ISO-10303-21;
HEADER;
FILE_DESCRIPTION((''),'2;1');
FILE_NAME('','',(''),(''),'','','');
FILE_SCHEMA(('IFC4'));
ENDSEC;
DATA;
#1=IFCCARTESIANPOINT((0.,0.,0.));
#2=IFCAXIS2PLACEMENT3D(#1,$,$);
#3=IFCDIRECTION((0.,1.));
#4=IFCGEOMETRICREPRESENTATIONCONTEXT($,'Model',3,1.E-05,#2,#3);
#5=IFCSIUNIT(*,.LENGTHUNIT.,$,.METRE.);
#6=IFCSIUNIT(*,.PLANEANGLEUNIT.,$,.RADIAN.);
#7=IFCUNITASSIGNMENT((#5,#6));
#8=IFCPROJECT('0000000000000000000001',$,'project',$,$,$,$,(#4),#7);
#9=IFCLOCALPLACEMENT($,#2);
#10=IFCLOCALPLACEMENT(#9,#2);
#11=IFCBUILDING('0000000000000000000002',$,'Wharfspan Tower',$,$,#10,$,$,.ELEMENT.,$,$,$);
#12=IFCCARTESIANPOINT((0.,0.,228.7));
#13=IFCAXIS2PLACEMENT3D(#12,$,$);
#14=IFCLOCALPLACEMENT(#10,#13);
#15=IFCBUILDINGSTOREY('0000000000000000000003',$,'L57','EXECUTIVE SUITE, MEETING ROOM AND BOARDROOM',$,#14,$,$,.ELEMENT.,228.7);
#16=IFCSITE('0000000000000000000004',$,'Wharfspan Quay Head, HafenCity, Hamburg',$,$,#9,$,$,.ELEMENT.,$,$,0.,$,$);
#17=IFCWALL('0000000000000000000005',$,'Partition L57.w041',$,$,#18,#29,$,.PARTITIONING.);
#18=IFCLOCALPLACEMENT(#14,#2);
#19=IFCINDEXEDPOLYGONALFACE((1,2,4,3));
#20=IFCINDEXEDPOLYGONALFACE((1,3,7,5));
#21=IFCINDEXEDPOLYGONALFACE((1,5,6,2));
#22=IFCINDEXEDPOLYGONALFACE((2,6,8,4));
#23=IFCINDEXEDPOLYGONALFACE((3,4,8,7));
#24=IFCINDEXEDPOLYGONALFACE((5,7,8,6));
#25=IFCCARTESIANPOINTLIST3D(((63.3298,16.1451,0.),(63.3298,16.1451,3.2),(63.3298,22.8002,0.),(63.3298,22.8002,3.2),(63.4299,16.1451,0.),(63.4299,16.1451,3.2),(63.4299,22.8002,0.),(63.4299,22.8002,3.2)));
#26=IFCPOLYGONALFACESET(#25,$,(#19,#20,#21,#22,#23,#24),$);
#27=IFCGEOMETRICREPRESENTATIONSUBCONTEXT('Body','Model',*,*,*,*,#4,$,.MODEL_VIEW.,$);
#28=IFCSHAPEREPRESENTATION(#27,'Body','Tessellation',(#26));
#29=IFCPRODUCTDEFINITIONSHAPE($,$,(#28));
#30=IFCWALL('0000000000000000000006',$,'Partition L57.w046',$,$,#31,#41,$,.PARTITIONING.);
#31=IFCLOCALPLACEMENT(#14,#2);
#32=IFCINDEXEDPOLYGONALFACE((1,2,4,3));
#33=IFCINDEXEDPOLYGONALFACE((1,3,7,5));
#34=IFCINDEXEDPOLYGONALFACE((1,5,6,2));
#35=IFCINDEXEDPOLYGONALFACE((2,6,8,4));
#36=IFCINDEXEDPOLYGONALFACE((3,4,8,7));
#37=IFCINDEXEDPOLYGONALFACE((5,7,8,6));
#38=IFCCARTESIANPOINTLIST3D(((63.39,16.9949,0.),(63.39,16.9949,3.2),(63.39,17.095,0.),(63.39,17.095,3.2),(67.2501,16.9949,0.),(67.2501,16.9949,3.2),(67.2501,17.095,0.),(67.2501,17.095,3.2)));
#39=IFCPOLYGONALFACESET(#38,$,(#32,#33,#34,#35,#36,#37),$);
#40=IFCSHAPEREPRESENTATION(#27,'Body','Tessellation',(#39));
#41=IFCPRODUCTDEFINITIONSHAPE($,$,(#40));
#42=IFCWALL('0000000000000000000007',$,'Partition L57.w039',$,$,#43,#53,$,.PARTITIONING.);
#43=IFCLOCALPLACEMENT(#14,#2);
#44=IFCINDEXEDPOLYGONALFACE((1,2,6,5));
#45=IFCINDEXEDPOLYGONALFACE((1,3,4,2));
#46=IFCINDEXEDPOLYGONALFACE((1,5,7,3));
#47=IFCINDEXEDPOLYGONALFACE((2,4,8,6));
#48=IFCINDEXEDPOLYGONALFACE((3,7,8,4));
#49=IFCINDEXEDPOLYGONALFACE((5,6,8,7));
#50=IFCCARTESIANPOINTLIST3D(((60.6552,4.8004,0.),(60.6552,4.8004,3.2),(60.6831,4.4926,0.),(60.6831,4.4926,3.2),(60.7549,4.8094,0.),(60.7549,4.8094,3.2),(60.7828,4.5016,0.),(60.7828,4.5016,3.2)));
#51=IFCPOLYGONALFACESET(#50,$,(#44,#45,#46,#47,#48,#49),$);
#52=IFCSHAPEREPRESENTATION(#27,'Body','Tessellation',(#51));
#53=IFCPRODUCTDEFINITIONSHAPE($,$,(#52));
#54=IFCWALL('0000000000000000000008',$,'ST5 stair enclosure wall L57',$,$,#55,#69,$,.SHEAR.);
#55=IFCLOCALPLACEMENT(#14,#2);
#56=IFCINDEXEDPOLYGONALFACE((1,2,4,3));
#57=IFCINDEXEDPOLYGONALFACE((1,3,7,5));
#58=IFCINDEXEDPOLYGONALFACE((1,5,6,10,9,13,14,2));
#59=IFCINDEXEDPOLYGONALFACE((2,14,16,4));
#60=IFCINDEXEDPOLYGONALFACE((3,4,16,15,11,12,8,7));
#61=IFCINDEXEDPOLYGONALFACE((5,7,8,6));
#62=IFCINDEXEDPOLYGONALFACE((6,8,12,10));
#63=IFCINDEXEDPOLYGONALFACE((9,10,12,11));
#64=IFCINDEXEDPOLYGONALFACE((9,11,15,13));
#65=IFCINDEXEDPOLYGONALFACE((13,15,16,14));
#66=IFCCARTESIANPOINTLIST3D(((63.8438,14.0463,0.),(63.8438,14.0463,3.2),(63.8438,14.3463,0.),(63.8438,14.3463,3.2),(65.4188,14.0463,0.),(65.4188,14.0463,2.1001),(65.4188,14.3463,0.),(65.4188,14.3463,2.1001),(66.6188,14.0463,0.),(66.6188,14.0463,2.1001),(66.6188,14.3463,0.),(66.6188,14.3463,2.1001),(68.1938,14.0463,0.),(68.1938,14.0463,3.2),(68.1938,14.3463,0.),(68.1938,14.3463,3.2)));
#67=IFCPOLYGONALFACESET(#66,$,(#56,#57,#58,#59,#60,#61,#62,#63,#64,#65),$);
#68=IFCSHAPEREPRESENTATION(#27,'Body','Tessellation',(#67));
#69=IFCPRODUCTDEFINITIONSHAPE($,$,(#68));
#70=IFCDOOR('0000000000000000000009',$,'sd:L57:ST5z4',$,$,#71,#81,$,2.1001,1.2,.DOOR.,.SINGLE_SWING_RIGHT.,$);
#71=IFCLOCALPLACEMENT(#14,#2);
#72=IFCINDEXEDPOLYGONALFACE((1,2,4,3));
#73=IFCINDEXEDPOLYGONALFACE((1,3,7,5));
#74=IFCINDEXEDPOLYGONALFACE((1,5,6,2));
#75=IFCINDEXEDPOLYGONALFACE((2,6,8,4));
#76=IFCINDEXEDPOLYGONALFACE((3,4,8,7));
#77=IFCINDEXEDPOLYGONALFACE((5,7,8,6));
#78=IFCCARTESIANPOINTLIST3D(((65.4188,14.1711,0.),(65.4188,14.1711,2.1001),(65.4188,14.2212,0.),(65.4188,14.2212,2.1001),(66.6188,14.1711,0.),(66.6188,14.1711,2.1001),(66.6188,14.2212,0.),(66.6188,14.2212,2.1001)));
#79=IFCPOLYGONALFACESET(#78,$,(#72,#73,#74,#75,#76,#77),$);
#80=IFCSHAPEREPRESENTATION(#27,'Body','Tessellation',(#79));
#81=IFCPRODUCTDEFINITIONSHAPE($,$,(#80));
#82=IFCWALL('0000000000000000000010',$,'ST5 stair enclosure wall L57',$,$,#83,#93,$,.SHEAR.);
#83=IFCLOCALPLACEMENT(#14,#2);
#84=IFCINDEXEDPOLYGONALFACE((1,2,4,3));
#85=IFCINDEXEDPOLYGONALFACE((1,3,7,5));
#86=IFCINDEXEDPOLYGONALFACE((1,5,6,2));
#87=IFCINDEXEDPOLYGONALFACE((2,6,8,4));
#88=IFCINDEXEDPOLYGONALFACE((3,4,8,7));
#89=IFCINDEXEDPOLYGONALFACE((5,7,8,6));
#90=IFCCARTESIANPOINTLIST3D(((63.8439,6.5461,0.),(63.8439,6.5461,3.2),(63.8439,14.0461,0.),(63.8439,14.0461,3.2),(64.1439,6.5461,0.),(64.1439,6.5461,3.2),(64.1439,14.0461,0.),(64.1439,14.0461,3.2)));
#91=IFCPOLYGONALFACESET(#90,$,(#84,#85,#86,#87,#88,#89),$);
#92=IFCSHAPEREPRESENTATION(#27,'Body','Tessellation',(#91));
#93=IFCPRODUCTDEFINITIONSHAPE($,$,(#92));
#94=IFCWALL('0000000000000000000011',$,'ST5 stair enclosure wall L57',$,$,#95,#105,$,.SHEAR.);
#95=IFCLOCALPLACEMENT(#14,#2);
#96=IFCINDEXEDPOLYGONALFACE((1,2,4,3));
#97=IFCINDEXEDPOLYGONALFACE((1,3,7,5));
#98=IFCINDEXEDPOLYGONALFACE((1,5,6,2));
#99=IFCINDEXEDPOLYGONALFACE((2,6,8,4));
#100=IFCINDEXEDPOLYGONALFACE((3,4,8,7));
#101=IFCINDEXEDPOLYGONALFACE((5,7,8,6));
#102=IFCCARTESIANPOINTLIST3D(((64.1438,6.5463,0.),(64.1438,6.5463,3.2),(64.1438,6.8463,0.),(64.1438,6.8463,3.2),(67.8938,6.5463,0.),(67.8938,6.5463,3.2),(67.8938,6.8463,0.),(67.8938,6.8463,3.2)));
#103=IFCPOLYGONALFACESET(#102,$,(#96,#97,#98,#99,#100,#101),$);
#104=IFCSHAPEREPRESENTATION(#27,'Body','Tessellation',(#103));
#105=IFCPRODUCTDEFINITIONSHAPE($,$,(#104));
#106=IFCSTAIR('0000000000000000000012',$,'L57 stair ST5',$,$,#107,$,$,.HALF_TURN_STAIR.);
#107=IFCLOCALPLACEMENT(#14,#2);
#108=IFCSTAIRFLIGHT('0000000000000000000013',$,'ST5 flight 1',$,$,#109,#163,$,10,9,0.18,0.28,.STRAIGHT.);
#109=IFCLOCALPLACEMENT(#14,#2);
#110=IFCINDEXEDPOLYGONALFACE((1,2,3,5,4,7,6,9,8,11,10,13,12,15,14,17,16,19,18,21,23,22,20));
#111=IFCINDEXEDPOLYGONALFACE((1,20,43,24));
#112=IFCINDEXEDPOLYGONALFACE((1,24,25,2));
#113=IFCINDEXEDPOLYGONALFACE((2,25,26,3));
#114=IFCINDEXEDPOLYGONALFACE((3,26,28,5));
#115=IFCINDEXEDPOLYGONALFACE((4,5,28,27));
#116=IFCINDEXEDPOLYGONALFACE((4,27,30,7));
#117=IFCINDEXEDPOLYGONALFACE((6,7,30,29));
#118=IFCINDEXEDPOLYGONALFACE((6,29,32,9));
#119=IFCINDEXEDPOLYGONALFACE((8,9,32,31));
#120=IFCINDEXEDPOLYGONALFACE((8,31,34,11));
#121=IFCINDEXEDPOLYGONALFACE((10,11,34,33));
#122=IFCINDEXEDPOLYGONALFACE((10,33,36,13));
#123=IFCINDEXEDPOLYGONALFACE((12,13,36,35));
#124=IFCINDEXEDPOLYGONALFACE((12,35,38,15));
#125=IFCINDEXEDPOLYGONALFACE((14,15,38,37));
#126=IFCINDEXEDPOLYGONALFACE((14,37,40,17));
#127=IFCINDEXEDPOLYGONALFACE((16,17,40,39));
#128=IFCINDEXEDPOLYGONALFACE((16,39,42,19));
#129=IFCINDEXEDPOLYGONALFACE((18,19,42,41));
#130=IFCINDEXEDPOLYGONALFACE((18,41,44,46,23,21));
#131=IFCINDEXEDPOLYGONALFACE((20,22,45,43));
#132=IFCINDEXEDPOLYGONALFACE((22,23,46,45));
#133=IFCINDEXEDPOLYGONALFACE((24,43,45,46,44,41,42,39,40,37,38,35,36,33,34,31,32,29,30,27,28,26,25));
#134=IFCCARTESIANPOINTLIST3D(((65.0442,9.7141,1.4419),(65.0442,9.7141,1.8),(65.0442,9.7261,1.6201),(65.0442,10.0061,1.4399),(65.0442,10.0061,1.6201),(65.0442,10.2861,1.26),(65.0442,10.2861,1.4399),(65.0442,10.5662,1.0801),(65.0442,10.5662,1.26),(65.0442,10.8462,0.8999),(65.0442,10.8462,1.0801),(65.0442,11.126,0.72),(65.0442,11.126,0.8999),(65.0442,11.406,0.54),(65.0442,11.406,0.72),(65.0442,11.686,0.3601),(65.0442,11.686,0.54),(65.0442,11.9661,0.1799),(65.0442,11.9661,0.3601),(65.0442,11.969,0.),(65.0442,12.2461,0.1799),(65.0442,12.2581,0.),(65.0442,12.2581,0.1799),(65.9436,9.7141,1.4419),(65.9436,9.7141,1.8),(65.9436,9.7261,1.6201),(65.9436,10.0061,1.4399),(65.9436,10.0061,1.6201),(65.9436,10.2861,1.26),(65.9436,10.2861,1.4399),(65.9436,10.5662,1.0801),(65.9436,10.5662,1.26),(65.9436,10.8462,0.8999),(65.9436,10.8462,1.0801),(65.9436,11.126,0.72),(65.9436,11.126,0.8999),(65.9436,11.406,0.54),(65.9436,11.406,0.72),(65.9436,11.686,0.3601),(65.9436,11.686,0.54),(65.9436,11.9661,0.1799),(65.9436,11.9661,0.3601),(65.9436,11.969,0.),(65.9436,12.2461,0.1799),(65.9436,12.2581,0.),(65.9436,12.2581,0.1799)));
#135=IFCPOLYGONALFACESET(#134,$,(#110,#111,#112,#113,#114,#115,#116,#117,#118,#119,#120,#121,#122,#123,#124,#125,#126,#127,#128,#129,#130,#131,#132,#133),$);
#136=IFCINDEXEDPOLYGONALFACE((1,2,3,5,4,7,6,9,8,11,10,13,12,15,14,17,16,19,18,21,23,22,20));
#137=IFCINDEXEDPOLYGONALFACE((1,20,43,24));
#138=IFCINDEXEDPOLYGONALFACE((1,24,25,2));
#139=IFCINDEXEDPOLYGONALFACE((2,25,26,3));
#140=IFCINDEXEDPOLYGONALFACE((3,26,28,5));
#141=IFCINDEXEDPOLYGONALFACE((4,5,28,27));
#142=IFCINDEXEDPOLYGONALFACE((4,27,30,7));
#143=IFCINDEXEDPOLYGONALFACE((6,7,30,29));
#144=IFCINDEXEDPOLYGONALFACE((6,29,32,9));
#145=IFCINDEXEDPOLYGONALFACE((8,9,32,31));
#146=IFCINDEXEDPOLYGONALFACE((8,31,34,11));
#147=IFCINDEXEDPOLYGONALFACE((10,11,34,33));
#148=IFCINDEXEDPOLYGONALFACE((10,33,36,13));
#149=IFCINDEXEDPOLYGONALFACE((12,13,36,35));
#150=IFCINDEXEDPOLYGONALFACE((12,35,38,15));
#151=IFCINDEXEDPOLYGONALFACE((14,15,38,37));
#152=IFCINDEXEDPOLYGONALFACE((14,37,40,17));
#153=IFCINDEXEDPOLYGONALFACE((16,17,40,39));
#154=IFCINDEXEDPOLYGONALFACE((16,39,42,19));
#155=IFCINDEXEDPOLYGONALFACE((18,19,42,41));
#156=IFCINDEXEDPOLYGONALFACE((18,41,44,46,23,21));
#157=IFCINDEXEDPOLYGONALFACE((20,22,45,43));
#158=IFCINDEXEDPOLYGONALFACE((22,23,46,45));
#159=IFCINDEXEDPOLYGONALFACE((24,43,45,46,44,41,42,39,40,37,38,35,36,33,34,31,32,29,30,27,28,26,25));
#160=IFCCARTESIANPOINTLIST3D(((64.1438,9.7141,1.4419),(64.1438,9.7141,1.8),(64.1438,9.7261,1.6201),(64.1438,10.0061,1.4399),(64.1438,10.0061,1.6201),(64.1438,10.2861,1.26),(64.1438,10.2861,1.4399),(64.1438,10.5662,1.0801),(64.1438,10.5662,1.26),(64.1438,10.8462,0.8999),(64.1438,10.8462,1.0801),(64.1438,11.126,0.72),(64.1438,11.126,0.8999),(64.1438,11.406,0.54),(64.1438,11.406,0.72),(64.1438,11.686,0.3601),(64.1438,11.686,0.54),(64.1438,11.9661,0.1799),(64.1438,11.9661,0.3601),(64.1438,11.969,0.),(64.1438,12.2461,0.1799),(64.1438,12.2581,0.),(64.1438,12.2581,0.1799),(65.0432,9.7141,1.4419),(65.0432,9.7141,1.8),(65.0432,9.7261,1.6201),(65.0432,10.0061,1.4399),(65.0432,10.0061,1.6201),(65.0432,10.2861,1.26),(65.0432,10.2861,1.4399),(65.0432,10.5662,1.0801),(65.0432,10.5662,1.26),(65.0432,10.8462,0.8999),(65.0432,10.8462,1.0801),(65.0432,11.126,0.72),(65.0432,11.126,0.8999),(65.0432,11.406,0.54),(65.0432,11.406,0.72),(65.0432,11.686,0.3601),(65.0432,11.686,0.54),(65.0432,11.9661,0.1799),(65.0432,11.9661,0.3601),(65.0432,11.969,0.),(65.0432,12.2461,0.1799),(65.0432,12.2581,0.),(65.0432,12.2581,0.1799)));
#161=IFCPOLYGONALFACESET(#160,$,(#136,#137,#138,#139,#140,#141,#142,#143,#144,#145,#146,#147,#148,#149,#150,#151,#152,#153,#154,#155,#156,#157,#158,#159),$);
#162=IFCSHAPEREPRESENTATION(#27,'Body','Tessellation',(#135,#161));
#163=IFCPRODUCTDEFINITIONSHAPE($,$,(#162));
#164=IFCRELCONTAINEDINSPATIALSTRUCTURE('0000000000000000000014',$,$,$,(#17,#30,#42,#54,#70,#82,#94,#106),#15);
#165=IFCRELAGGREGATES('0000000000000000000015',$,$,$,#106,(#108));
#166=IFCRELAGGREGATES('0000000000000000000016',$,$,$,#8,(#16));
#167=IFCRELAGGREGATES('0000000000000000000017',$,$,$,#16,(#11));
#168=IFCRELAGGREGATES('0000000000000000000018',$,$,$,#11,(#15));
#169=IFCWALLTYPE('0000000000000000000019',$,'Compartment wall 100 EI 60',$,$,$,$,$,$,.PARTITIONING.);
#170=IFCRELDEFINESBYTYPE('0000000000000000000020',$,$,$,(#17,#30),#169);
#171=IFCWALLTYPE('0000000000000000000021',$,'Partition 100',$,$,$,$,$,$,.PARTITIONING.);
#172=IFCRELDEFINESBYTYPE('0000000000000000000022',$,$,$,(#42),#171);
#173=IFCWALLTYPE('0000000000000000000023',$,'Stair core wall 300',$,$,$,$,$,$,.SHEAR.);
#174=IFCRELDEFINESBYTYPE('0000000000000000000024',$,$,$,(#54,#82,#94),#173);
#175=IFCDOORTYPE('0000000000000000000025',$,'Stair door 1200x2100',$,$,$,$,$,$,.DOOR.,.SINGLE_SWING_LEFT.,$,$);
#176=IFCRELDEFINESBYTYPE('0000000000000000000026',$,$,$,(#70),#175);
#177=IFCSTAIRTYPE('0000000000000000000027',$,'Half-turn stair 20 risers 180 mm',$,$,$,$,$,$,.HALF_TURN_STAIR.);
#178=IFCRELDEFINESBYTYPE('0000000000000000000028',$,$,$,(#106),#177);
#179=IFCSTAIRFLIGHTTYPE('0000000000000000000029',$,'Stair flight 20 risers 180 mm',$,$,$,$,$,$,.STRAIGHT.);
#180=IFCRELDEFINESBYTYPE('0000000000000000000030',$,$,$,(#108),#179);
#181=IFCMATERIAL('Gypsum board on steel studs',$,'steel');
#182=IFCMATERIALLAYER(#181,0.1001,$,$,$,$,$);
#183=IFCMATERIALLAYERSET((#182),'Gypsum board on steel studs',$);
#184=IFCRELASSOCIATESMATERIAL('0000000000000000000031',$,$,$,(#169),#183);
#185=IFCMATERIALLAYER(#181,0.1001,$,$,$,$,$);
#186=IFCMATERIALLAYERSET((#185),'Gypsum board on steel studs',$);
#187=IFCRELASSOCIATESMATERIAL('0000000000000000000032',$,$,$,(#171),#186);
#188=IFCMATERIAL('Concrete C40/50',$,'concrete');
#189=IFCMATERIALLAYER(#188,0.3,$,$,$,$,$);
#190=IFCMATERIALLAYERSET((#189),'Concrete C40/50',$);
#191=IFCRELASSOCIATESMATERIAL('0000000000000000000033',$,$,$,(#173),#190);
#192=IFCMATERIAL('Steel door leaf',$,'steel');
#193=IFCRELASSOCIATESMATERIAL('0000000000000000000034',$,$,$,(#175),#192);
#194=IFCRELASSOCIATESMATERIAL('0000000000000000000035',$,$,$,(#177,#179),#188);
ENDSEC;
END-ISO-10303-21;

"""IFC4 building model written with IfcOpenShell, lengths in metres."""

from ifc_helpers import new_model, si_unit, direction, frame, frame_2d, origin, place, context, subcontext, project, spatial, polyline, rectangle, outline, extrude, material, layer, layer_set, type_object, element, fill, aggregate, save


model = new_model("IFC4")

# Units and contexts
model_context = context("Model", 3, precision=1e-05, world=origin(), true_north=direction((0.0, 1.0)))
body_context = subcontext(model_context, "Body", "Model", "MODEL_VIEW")
ifc_project = project(units=[si_unit("LENGTHUNIT", "METRE"), si_unit("PLANEANGLEUNIT", "RADIAN")], contexts=[model_context])

# Site, building, storey
site_placement = place(None, origin())
site = spatial("IfcSite", under=ifc_project, at=site_placement, Name="Wharfspan Quay Head, HafenCity, Hamburg", CompositionType="ELEMENT", RefElevation=0.0)
building_placement = place(site_placement, origin())
building = spatial("IfcBuilding", under=site, at=building_placement, Name="Wharfspan Tower", CompositionType="ELEMENT")
storey_placement = place(building_placement, frame((0.0, 0.0, 228.7)))
storey = spatial("IfcBuildingStorey", under=building, at=storey_placement, Name="L57", Description="EXECUTIVE SUITE, MEETING ROOM AND BOARDROOM", CompositionType="ELEMENT", Elevation=228.7)

# Shared definitions
ifc_material_1 = material(Name="Gypsum board on steel studs", Category="steel")
ifc_layer_1 = layer(ifc_material_1, 0.1001)
ifc_layer_set_1 = layer_set([ifc_layer_1], Name="Gypsum board on steel studs")
wall_type_1 = type_object("IfcWallType", Name="Compartment wall 100 EI 60", PredefinedType="PARTITIONING", material=ifc_layer_set_1)

# Walls
wall_1_placement = place(storey_placement, frame((63.3799, 16.145, 0.0), z_axis=(0.0, 0.0, 1.0), x_axis=(0.0, 1.0, 0.0)))
element("IfcWall", 1, at=wall_1_placement, inside=storey, type_object=wall_type_1, Name="Partition L57.w041", PredefinedType="PARTITIONING", context=body_context, shape_type="SweptSolid", body=[
    extrude(rectangle(XDim=6.655, YDim=0.1001, at=frame_2d((3.3276, 0.0))), origin(), (0.0, 0.0, 1.0), 3.2),
])
wall_2_placement = place(storey_placement, frame((63.3899, 17.0449, 0.0), z_axis=(0.0, 0.0, 1.0), x_axis=(1.0, 0.0, 0.0)))
element("IfcWall", 2, at=wall_2_placement, inside=storey, type_object=wall_type_1, Name="Partition L57.w046", PredefinedType="PARTITIONING", context=body_context, shape_type="SweptSolid", body=[
    extrude(rectangle(XDim=3.8601, YDim=0.1001, at=frame_2d((1.9302, 0.0))), origin(), (0.0, 0.0, 1.0), 3.2),
])
ifc_layer_2 = layer(ifc_material_1, 0.1001)
ifc_layer_set_2 = layer_set([ifc_layer_2], Name="Gypsum board on steel studs")
wall_type_2 = type_object("IfcWallType", Name="Partition 100", PredefinedType="PARTITIONING", material=ifc_layer_set_2)
wall_3_placement = place(storey_placement, frame((60.7329, 4.4971, 0.0), z_axis=(0.0, 0.0, 1.0), x_axis=(-0.090037, 0.995936, 0.0)))
element("IfcWall", 3, at=wall_3_placement, inside=storey, type_object=wall_type_2, Name="Partition L57.w039", PredefinedType="PARTITIONING", context=body_context, shape_type="SweptSolid", body=[
    extrude(rectangle(XDim=0.3091, YDim=0.1001, at=frame_2d((0.1545, 0.0))), origin(), (0.0, 0.0, 1.0), 3.2),
])

# Wall, opening, door
ifc_material_2 = material(Name="Concrete C40/50", Category="concrete")
ifc_layer_3 = layer(ifc_material_2, 0.3)
ifc_layer_set_3 = layer_set([ifc_layer_3], Name="Concrete C40/50")
wall_type_3 = type_object("IfcWallType", Name="Stair core wall 300", PredefinedType="SHEAR", material=ifc_layer_set_3)
wall_4_placement = place(storey_placement, frame((63.8438, 14.1963, 0.0), z_axis=(0.0, 0.0, 1.0), x_axis=(1.0, 0.0, 0.0)))
wall_4 = element("IfcWall", 4, at=wall_4_placement, inside=storey, type_object=wall_type_3, Name="ST5 stair enclosure wall L57", PredefinedType="SHEAR", context=body_context, shape_type="SweptSolid", body=[
    extrude(rectangle(XDim=4.3501, YDim=0.3, at=frame_2d((2.175, 0.0))), origin(), (0.0, 0.0, 1.0), 3.2),
])
opening_1_placement = place(wall_4_placement, frame((1.575, 0.0, 0.0)))
opening_1 = element("IfcOpeningElement", 5, at=opening_1_placement, cuts=wall_4, PredefinedType="OPENING", context=body_context, shape_type="SweptSolid", body=[
    extrude(rectangle(XDim=1.2, YDim=2.1001, at=frame_2d((0.6001, 1.05))), frame((0.0, 0.1599, 0.0), z_axis=(0.0, -1.0, 0.0), x_axis=(1.0, 0.0, 0.0)), (0.0, 0.0, 1.0), 0.3201),
])
ifc_material_3 = material(Name="Steel door leaf", Category="steel")
door_type_1 = type_object("IfcDoorType", Name="Stair door 1200x2100", OperationType="SINGLE_SWING_LEFT", PredefinedType="DOOR", material=ifc_material_3)
door_1_placement = place(opening_1_placement, origin())
door_1 = element("IfcDoor", 6, at=door_1_placement, inside=storey, type_object=door_type_1, Name="sd:L57:ST5z4", OperationType="SINGLE_SWING_RIGHT", OverallHeight=2.1001, OverallWidth=1.2, PredefinedType="DOOR", context=body_context, shape_type="SweptSolid", body=[
    extrude(rectangle(XDim=1.2, YDim=2.1001, at=frame_2d((0.6001, 1.05))), frame((0.0, 0.0249, 0.0), z_axis=(0.0, -1.0, 0.0), x_axis=(1.0, 0.0, 0.0)), (0.0, 0.0, 1.0), 0.05),
])
fill(opening_1, door_1)

# Walls
wall_5_placement = place(storey_placement, frame((63.9939, 6.5461, 0.0), z_axis=(0.0, 0.0, 1.0), x_axis=(0.0, 1.0, 0.0)))
element("IfcWall", 7, at=wall_5_placement, inside=storey, type_object=wall_type_3, Name="ST5 stair enclosure wall L57", PredefinedType="SHEAR", context=body_context, shape_type="SweptSolid", body=[
    extrude(rectangle(XDim=7.5, YDim=0.3, at=frame_2d((3.75, 0.0))), origin(), (0.0, 0.0, 1.0), 3.2),
])
wall_6_placement = place(storey_placement, frame((64.1438, 6.6963, 0.0), z_axis=(0.0, 0.0, 1.0), x_axis=(1.0, 0.0, 0.0)))
element("IfcWall", 8, at=wall_6_placement, inside=storey, type_object=wall_type_3, Name="ST5 stair enclosure wall L57", PredefinedType="SHEAR", context=body_context, shape_type="SweptSolid", body=[
    extrude(rectangle(XDim=3.75, YDim=0.3, at=frame_2d((1.875, 0.0))), origin(), (0.0, 0.0, 1.0), 3.2),
])

# Stair, stair flight
stair_type = type_object("IfcStairType", Name="Half-turn stair 20 risers 180 mm", PredefinedType="HALF_TURN_STAIR", material=ifc_material_2)
stair_placement = place(storey_placement, origin())
stair = element("IfcStair", 9, at=stair_placement, inside=storey, type_object=stair_type, Name="L57 stair ST5", PredefinedType="HALF_TURN_STAIR")
stair_flight_type = type_object("IfcStairFlightType", Name="Stair flight 20 risers 180 mm", PredefinedType="STRAIGHT", material=ifc_material_2)
stair_flight_placement = place(storey_placement, frame((65.0437, 12.2461, 0.0), z_axis=(0.0, 0.0, 1.0), x_axis=(0.0, -1.0, 0.0)))
stair_flight = element("IfcStairFlight", 10, at=stair_flight_placement, type_object=stair_flight_type, Name="ST5 flight 1", NumberOfRisers=10, NumberOfTreads=9, PredefinedType="STRAIGHT", RiserHeight=0.18, TreadLength=0.28, context=body_context, shape_type="SweptSolid", body=[
    extrude(outline(polyline([(-0.012, 0.0), (-0.012, 0.1799), (0.0, 0.1799), (0.28, 0.1799), (0.28, 0.3601), (0.5601, 0.3601), (0.5601, 0.54), (0.8401, 0.54), (0.8401, 0.72), (1.1201, 0.72), (1.1201, 0.8999), (1.3999, 0.8999), (1.3999, 1.0801), (1.6799, 1.0801), (1.6799, 1.26), (1.96, 1.26), (1.96, 1.4399), (2.24, 1.4399), (2.24, 1.6201), (2.52, 1.6201), (2.532, 1.8), (2.532, 1.4419), (0.2771, 0.0), (-0.012, 0.0)])), frame((0.0, 0.8999, 0.0), z_axis=(0.0, -1.0, 0.0), x_axis=(1.0, 0.0, 0.0)), (0.0, 0.0, 1.0), 0.8994),
    extrude(outline(polyline([(-0.012, 0.0), (-0.012, 0.1799), (0.0, 0.1799), (0.28, 0.1799), (0.28, 0.3601), (0.5601, 0.3601), (0.5601, 0.54), (0.8401, 0.54), (0.8401, 0.72), (1.1201, 0.72), (1.1201, 0.8999), (1.3999, 0.8999), (1.3999, 1.0801), (1.6799, 1.0801), (1.6799, 1.26), (1.96, 1.26), (1.96, 1.4399), (2.24, 1.4399), (2.24, 1.6201), (2.52, 1.6201), (2.532, 1.8), (2.532, 1.4419), (0.2771, 0.0), (-0.012, 0.0)])), frame((0.0, -0.0005, 0.0), z_axis=(0.0, -1.0, 0.0), x_axis=(1.0, 0.0, 0.0)), (0.0, 0.0, 1.0), 0.8994),
])
aggregate(stair, [stair_flight])

save(model, "model.ifc")
